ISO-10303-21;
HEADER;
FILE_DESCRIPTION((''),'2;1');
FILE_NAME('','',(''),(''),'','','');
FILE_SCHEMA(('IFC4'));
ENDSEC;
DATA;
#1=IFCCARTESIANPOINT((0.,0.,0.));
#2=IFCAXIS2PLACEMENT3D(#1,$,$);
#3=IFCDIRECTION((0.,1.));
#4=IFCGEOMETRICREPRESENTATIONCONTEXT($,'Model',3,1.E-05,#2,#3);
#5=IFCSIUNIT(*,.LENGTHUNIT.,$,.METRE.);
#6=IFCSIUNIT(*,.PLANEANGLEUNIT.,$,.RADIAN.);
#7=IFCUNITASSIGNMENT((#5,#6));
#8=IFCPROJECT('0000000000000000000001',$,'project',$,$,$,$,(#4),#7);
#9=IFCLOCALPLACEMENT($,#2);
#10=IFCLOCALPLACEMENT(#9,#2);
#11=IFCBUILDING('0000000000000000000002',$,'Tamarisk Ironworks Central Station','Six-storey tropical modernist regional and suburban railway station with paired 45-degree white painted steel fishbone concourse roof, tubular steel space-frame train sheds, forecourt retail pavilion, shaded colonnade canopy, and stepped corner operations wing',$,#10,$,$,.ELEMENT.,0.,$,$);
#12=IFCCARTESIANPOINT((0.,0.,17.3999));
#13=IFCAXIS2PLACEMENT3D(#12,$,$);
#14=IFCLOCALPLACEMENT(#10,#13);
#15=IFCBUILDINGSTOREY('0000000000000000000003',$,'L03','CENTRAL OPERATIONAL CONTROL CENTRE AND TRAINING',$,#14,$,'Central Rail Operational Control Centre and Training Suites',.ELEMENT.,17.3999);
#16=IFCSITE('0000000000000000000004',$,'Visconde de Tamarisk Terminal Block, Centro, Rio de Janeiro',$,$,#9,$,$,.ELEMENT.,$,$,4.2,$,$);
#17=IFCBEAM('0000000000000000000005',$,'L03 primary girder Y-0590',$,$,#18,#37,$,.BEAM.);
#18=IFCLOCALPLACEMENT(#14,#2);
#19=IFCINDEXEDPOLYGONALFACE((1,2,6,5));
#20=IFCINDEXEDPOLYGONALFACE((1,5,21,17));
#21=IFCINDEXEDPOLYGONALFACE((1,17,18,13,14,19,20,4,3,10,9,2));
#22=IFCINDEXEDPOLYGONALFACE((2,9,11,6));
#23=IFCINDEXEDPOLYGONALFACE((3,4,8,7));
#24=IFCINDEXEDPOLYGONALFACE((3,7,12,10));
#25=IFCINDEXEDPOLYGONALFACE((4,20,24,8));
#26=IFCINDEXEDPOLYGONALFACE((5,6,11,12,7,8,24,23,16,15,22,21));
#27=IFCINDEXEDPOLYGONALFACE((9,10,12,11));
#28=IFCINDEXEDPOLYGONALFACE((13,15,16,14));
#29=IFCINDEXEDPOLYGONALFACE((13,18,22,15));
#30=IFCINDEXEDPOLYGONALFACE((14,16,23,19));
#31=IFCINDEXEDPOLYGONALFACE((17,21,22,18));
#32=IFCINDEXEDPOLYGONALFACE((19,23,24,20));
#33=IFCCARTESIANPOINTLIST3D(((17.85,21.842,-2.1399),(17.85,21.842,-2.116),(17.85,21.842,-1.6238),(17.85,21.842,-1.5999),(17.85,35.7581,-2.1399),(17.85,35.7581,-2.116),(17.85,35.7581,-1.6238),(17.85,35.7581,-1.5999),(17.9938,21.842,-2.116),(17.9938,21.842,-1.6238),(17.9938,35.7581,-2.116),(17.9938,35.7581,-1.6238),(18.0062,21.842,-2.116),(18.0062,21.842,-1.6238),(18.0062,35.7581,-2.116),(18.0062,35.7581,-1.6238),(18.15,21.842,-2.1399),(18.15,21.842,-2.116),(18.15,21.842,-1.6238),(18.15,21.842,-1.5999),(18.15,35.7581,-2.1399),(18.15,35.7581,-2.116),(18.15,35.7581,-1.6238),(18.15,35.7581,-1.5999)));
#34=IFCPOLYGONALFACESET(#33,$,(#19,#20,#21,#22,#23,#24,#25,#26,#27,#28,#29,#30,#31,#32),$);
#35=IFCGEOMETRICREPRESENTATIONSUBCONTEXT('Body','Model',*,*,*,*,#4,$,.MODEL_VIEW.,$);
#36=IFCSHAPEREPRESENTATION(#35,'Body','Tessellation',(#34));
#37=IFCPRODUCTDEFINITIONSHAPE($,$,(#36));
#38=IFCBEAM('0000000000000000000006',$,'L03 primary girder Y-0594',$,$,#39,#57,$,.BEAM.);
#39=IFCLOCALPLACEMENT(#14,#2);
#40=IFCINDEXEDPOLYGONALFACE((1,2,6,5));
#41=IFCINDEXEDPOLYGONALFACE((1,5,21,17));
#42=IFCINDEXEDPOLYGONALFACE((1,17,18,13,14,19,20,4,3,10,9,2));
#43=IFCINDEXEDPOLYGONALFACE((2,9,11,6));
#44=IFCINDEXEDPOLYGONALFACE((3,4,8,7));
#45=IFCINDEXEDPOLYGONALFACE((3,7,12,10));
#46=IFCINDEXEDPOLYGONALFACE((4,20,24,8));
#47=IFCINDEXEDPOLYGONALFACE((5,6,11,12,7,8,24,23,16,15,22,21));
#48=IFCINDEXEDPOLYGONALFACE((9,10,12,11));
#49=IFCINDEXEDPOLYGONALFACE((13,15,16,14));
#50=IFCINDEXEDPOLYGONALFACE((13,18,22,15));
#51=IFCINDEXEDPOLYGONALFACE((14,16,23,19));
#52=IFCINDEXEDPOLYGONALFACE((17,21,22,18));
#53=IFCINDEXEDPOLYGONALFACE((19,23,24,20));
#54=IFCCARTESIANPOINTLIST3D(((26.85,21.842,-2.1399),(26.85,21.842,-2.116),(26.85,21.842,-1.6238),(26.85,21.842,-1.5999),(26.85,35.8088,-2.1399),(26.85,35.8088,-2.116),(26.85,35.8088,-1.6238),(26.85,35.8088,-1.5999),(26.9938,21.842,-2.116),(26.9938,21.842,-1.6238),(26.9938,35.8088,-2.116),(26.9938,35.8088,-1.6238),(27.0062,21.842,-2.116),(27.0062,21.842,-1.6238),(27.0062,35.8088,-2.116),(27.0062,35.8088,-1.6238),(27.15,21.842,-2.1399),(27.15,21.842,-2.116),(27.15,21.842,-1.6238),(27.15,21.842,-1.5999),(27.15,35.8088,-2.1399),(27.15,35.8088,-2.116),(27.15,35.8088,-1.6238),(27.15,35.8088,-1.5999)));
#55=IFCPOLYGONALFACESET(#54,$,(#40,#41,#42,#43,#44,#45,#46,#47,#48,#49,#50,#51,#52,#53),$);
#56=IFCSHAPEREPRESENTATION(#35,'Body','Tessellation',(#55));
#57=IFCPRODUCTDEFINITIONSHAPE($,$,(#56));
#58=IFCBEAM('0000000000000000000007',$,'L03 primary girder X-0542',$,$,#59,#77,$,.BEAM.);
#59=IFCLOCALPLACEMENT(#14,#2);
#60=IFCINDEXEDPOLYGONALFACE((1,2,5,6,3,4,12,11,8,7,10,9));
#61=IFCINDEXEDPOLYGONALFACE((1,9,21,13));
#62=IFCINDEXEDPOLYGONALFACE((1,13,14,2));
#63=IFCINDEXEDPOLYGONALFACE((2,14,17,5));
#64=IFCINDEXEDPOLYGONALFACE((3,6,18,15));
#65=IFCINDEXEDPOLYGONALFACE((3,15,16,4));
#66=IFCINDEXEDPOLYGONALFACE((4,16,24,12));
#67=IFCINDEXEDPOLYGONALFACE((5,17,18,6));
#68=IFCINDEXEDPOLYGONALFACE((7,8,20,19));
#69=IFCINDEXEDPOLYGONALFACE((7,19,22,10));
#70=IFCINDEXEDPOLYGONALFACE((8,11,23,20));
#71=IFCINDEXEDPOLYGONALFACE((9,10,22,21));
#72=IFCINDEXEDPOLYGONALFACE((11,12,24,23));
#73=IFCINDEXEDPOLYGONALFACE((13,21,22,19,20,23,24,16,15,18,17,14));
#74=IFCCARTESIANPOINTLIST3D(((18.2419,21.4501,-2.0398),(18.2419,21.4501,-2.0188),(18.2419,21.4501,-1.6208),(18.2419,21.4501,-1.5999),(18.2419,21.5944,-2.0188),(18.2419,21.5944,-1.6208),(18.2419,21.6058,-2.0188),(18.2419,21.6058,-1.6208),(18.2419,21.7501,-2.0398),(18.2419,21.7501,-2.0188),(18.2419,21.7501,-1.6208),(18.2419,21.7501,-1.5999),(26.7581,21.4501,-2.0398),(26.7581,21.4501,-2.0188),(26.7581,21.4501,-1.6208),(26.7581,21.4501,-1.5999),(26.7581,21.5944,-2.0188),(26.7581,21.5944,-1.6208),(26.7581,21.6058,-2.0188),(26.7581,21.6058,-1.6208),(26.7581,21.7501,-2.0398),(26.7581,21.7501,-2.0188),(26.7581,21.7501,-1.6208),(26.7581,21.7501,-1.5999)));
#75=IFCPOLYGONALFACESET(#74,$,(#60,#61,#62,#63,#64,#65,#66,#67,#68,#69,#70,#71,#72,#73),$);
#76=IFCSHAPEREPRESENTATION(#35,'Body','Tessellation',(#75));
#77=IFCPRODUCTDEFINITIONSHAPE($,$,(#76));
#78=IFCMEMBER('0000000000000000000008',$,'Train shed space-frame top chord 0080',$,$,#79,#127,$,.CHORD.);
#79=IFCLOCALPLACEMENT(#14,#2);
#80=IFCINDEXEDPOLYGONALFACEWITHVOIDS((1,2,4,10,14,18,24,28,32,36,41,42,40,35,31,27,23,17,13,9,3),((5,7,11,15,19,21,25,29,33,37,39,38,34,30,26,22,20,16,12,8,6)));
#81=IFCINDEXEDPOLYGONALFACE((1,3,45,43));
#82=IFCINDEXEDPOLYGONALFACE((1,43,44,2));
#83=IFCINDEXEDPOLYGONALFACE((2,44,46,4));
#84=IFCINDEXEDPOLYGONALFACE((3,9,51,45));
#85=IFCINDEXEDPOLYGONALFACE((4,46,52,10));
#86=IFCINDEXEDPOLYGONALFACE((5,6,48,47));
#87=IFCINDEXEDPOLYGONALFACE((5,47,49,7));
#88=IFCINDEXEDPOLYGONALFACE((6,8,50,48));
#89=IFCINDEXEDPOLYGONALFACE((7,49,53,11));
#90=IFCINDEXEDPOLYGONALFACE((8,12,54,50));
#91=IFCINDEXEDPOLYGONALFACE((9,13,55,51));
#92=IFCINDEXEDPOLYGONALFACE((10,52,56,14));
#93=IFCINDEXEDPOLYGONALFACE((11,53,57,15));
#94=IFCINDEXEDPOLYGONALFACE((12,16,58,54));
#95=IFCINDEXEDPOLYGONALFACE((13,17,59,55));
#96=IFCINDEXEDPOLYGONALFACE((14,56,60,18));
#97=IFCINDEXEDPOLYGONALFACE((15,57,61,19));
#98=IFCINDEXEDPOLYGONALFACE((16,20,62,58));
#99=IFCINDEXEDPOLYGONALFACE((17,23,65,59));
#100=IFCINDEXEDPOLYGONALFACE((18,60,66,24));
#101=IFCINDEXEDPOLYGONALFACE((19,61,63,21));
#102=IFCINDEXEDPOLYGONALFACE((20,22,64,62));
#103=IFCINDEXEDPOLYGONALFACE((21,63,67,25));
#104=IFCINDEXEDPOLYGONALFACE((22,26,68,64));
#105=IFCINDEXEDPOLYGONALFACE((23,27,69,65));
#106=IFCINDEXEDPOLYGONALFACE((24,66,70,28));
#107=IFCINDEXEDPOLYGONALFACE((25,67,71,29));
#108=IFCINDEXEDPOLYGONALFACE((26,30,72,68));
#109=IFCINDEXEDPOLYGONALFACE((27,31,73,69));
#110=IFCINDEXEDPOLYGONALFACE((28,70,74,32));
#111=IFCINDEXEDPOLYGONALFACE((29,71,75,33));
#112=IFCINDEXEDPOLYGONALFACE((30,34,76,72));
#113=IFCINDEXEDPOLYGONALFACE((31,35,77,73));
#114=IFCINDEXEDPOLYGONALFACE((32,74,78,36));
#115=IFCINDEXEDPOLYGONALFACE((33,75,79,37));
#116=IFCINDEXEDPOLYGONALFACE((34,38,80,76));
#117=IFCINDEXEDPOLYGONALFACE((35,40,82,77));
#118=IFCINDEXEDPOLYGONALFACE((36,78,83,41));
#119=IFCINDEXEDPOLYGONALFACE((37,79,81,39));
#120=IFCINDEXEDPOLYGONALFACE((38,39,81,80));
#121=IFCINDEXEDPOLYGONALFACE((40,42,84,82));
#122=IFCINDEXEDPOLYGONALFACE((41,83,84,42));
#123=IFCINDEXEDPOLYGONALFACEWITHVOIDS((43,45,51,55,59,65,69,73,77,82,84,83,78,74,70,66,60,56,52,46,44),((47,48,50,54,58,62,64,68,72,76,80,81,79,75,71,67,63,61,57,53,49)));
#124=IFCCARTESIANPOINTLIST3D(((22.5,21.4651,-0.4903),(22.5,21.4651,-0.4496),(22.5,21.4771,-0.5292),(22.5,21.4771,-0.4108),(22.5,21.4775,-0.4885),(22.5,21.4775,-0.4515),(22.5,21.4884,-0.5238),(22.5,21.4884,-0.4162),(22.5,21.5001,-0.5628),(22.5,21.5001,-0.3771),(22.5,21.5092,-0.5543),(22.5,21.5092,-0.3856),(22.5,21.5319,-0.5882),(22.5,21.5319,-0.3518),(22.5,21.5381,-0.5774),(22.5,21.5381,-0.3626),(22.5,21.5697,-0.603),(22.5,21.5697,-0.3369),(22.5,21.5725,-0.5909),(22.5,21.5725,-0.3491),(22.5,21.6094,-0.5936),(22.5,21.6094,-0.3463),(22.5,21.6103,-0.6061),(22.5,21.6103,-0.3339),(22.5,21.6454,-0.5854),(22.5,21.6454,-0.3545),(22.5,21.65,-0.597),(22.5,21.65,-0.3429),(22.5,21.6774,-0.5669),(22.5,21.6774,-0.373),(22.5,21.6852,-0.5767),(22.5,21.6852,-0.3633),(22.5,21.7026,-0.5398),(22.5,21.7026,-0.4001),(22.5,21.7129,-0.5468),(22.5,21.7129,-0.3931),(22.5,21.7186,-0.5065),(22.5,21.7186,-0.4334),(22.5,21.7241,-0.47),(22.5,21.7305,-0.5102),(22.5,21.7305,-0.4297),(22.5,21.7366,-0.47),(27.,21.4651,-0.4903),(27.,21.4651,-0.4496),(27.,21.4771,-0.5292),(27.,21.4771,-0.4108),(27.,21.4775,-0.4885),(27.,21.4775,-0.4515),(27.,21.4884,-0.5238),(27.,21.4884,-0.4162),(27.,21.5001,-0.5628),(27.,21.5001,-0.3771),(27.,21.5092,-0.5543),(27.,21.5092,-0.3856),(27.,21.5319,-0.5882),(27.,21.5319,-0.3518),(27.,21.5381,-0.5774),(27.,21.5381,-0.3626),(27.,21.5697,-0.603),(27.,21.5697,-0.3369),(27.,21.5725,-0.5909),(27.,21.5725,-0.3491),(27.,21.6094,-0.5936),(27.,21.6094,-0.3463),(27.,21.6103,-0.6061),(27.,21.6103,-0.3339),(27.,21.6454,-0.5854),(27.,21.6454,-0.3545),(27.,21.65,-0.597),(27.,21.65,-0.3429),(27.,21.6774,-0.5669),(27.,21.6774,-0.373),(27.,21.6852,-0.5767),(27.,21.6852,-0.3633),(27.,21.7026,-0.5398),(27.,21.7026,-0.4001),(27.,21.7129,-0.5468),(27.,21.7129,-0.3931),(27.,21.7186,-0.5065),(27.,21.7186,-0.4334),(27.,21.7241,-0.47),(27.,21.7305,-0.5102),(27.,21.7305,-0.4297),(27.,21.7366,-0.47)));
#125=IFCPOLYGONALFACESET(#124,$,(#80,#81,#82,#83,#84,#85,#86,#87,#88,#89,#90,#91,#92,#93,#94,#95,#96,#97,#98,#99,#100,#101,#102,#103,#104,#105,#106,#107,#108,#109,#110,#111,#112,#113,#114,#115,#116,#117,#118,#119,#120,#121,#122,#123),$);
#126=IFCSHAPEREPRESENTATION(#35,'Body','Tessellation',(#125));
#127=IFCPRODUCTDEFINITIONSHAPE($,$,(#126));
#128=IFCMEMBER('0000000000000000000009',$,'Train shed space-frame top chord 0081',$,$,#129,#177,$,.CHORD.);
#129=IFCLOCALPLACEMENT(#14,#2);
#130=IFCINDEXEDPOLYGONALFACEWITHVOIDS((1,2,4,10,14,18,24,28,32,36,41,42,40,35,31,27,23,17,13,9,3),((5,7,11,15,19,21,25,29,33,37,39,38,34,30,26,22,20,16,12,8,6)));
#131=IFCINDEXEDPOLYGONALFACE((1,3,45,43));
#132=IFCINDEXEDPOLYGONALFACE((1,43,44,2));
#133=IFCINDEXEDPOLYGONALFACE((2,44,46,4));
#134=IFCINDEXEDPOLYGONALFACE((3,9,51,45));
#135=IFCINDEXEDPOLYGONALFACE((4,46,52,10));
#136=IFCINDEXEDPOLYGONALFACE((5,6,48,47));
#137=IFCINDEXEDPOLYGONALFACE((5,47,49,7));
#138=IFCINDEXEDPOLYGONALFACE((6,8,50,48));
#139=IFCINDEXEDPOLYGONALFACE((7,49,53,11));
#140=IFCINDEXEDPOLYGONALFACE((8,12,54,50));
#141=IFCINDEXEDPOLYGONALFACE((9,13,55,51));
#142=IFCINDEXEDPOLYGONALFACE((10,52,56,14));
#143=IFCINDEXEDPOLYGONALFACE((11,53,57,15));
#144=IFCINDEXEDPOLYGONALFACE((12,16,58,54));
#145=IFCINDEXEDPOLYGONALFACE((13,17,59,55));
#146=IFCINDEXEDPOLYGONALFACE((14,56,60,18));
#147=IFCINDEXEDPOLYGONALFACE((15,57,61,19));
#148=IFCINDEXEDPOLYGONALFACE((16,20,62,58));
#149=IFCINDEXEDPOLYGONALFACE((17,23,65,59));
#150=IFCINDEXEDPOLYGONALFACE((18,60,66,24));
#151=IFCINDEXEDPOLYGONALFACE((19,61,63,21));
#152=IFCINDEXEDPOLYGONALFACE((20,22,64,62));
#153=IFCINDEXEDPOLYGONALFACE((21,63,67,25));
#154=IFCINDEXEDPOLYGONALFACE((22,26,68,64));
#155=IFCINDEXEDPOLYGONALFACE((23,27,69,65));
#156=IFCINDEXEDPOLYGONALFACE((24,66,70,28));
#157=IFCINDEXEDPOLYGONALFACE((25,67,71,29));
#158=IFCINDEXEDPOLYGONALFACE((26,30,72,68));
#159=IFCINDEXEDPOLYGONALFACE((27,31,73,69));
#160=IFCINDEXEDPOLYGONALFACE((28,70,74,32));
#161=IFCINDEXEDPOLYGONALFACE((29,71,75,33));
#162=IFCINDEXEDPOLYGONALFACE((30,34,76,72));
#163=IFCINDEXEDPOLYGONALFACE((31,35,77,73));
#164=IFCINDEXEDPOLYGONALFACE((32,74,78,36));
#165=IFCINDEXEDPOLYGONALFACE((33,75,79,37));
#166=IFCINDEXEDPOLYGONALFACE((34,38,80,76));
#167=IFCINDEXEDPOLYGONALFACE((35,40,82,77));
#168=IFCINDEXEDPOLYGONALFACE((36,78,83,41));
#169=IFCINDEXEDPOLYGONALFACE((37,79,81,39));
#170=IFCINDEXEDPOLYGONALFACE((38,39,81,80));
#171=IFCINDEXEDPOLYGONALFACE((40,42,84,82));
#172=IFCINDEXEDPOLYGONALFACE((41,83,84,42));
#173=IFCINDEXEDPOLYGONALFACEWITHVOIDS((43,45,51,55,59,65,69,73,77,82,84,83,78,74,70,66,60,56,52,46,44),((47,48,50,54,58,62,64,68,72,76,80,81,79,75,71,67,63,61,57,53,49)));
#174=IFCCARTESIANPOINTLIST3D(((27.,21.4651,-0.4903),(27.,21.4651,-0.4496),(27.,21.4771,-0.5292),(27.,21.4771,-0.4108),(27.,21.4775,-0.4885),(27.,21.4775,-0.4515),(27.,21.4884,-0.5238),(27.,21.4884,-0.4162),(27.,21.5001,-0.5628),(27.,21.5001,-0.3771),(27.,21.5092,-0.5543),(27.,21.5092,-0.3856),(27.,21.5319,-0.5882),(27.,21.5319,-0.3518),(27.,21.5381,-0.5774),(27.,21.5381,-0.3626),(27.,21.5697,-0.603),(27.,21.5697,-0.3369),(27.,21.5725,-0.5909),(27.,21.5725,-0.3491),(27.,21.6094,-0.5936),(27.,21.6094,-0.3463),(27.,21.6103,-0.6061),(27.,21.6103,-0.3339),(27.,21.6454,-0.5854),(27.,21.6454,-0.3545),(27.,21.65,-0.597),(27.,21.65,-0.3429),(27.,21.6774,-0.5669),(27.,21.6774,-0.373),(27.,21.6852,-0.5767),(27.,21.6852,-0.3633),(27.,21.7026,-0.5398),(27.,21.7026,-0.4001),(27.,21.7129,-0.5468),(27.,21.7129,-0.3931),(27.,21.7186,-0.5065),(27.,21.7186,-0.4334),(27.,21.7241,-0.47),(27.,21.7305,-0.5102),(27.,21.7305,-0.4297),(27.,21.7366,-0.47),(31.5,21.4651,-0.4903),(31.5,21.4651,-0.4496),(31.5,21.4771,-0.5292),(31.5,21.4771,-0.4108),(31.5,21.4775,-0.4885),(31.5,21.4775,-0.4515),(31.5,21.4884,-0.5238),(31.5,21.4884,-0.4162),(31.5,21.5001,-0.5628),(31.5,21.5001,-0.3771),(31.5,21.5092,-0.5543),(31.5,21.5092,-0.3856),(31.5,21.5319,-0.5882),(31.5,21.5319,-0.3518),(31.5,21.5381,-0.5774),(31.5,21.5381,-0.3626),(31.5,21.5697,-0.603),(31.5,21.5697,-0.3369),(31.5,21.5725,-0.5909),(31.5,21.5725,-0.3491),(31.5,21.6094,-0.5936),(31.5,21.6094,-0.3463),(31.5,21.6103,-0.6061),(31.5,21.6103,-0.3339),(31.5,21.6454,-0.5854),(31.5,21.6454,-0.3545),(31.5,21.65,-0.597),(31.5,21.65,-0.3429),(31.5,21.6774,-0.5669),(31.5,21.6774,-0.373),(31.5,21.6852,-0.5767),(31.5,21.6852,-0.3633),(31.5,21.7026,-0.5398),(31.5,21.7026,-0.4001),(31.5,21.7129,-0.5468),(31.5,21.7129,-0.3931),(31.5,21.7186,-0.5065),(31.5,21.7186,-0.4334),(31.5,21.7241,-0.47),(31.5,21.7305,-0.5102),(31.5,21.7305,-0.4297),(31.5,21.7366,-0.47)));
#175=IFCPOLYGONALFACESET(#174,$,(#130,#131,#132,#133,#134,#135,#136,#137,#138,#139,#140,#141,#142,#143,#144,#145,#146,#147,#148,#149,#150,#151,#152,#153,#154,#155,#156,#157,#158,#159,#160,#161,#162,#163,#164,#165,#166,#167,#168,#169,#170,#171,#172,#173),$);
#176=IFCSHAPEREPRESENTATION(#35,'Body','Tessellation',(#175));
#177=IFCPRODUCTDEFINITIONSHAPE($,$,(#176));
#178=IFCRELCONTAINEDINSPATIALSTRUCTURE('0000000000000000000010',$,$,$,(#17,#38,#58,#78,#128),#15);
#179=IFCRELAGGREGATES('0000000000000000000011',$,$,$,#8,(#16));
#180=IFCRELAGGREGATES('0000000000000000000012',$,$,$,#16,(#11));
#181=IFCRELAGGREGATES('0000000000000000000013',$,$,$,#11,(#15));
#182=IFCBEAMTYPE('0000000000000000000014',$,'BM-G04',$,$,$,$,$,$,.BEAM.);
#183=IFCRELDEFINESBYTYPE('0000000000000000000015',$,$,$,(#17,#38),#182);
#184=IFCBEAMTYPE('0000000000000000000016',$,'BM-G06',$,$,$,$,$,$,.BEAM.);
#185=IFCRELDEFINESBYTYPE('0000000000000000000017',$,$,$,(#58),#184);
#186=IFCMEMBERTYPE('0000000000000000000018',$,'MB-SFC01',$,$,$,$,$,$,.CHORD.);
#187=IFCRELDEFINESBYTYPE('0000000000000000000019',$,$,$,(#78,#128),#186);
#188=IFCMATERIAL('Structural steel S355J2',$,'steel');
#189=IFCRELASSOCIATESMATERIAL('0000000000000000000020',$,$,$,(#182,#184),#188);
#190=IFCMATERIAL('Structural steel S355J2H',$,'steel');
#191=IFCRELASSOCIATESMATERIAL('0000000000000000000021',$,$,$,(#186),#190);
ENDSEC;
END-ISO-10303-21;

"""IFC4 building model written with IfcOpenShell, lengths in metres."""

from ifc_helpers import new_model, si_unit, direction, frame, origin, origin_2d, place, context, subcontext, project, spatial, hollow_circle, i_section, extrude, material, material_profile, profile_set, type_object, element, save


model = new_model("IFC4")

# Units and contexts
model_context = context("Model", 3, precision=1e-05, world=origin(), true_north=direction((0.0, 1.0)))
body_context = subcontext(model_context, "Body", "Model", "MODEL_VIEW")
ifc_project = project(units=[si_unit("LENGTHUNIT", "METRE"), si_unit("PLANEANGLEUNIT", "RADIAN")], contexts=[model_context])

# Site, building, storey
site_placement = place(None, origin())
site = spatial("IfcSite", under=ifc_project, at=site_placement, Name="Visconde de Tamarisk Terminal Block, Centro, Rio de Janeiro", CompositionType="ELEMENT", RefElevation=4.2)
building_placement = place(site_placement, origin())
building = spatial("IfcBuilding", under=site, at=building_placement, Name="Tamarisk Ironworks Central Station", Description="Six-storey tropical modernist regional and suburban railway station with paired 45-degree white painted steel fishbone concourse roof, tubular steel space-frame train sheds, forecourt retail pavilion, shaded colonnade canopy, and stepped corner operations wing", CompositionType="ELEMENT", ElevationOfRefHeight=0.0)
storey_placement = place(building_placement, frame((0.0, 0.0, 17.3999)))
storey = spatial("IfcBuildingStorey", under=building, at=storey_placement, Name="L03", Description="CENTRAL OPERATIONAL CONTROL CENTRE AND TRAINING", LongName="Central Rail Operational Control Centre and Training Suites", CompositionType="ELEMENT", Elevation=17.3999)

# Beams
ifc_material_1 = material(Name="Structural steel S355J2", Category="steel")
ifc_material_profile_1 = material_profile(ifc_material_1, i_section(OverallWidth=0.3, OverallDepth=0.54, WebThickness=0.0125, FlangeThickness=0.0239, at=origin_2d()), Name="HEA 550")
ifc_profile_set_1 = profile_set([ifc_material_profile_1], Name="Structural steel S355J2")
beam_type_1 = type_object("IfcBeamType", Name="BM-G04", PredefinedType="BEAM", material=ifc_profile_set_1)
beam_1_placement = place(storey_placement, frame((18.0, 21.842, -1.8699), z_axis=(0.0, 1.0, 0.0), x_axis=(-1.0, 0.0, 0.0)))
element("IfcBeam", 1, at=beam_1_placement, inside=storey, type_object=beam_type_1, Name="L03 primary girder Y-0590", PredefinedType="BEAM", context=body_context, shape_type="SweptSolid", body=[
    extrude(i_section(OverallWidth=0.3, OverallDepth=0.54, WebThickness=0.0125, FlangeThickness=0.0239, at=origin_2d()), origin(), (0.0, 0.0, 1.0), 13.916),
])
beam_2_placement = place(storey_placement, frame((27.0, 21.842, -1.8699), z_axis=(0.0, 1.0, 0.0), x_axis=(-1.0, 0.0, 0.0)))
element("IfcBeam", 2, at=beam_2_placement, inside=storey, type_object=beam_type_1, Name="L03 primary girder Y-0594", PredefinedType="BEAM", context=body_context, shape_type="SweptSolid", body=[
    extrude(i_section(OverallWidth=0.3, OverallDepth=0.54, WebThickness=0.0125, FlangeThickness=0.0239, at=origin_2d()), origin(), (0.0, 0.0, 1.0), 13.9668),
])
ifc_material_profile_2 = material_profile(ifc_material_1, i_section(OverallWidth=0.3, OverallDepth=0.4399, WebThickness=0.0115, FlangeThickness=0.021, at=origin_2d()), Name="HEA 450")
ifc_profile_set_2 = profile_set([ifc_material_profile_2], Name="Structural steel S355J2")
beam_type_2 = type_object("IfcBeamType", Name="BM-G06", PredefinedType="BEAM", material=ifc_profile_set_2)
beam_3_placement = place(storey_placement, frame((18.2419, 21.6001, -1.8198), z_axis=(1.0, 0.0, 0.0), x_axis=(0.0, 1.0, 0.0)))
element("IfcBeam", 3, at=beam_3_placement, inside=storey, type_object=beam_type_2, Name="L03 primary girder X-0542", PredefinedType="BEAM", context=body_context, shape_type="SweptSolid", body=[
    extrude(i_section(OverallWidth=0.3, OverallDepth=0.4399, WebThickness=0.0115, FlangeThickness=0.021, at=origin_2d()), origin(), (0.0, 0.0, 1.0), 8.5161),
])

# Members
ifc_material_2 = material(Name="Structural steel S355J2H", Category="steel")
ifc_material_profile_3 = material_profile(ifc_material_2, hollow_circle(Radius=0.1365, WallThickness=0.0125, at=origin_2d()), Name="CHS 273x12.5")
ifc_profile_set_3 = profile_set([ifc_material_profile_3], Name="Structural steel S355J2H")
member_type_1 = type_object("IfcMemberType", Name="MB-SFC01", PredefinedType="CHORD", material=ifc_profile_set_3)
for number, where, z_axis, x_axis, name in (
    (4, (22.5, 21.6001, -0.47), (1.0, 0.0, 0.0), (0.0, 1.0, 0.0), "Train shed space-frame top chord 0080"),
    (5, (27.0, 21.6001, -0.47), (1.0, 0.0, 0.0), (0.0, 1.0, 0.0), "Train shed space-frame top chord 0081"),
):
    element("IfcMember", number, at=place(storey_placement, frame(where, z_axis=z_axis, x_axis=x_axis)), inside=storey, type_object=member_type_1, Name=name, PredefinedType="CHORD", context=body_context, shape_type="SweptSolid", body=[
        extrude(hollow_circle(Radius=0.1365, WallThickness=0.0125, at=origin_2d()), origin(), (0.0, 0.0, 1.0), 4.5),
    ])

save(model, "model.ifc")
